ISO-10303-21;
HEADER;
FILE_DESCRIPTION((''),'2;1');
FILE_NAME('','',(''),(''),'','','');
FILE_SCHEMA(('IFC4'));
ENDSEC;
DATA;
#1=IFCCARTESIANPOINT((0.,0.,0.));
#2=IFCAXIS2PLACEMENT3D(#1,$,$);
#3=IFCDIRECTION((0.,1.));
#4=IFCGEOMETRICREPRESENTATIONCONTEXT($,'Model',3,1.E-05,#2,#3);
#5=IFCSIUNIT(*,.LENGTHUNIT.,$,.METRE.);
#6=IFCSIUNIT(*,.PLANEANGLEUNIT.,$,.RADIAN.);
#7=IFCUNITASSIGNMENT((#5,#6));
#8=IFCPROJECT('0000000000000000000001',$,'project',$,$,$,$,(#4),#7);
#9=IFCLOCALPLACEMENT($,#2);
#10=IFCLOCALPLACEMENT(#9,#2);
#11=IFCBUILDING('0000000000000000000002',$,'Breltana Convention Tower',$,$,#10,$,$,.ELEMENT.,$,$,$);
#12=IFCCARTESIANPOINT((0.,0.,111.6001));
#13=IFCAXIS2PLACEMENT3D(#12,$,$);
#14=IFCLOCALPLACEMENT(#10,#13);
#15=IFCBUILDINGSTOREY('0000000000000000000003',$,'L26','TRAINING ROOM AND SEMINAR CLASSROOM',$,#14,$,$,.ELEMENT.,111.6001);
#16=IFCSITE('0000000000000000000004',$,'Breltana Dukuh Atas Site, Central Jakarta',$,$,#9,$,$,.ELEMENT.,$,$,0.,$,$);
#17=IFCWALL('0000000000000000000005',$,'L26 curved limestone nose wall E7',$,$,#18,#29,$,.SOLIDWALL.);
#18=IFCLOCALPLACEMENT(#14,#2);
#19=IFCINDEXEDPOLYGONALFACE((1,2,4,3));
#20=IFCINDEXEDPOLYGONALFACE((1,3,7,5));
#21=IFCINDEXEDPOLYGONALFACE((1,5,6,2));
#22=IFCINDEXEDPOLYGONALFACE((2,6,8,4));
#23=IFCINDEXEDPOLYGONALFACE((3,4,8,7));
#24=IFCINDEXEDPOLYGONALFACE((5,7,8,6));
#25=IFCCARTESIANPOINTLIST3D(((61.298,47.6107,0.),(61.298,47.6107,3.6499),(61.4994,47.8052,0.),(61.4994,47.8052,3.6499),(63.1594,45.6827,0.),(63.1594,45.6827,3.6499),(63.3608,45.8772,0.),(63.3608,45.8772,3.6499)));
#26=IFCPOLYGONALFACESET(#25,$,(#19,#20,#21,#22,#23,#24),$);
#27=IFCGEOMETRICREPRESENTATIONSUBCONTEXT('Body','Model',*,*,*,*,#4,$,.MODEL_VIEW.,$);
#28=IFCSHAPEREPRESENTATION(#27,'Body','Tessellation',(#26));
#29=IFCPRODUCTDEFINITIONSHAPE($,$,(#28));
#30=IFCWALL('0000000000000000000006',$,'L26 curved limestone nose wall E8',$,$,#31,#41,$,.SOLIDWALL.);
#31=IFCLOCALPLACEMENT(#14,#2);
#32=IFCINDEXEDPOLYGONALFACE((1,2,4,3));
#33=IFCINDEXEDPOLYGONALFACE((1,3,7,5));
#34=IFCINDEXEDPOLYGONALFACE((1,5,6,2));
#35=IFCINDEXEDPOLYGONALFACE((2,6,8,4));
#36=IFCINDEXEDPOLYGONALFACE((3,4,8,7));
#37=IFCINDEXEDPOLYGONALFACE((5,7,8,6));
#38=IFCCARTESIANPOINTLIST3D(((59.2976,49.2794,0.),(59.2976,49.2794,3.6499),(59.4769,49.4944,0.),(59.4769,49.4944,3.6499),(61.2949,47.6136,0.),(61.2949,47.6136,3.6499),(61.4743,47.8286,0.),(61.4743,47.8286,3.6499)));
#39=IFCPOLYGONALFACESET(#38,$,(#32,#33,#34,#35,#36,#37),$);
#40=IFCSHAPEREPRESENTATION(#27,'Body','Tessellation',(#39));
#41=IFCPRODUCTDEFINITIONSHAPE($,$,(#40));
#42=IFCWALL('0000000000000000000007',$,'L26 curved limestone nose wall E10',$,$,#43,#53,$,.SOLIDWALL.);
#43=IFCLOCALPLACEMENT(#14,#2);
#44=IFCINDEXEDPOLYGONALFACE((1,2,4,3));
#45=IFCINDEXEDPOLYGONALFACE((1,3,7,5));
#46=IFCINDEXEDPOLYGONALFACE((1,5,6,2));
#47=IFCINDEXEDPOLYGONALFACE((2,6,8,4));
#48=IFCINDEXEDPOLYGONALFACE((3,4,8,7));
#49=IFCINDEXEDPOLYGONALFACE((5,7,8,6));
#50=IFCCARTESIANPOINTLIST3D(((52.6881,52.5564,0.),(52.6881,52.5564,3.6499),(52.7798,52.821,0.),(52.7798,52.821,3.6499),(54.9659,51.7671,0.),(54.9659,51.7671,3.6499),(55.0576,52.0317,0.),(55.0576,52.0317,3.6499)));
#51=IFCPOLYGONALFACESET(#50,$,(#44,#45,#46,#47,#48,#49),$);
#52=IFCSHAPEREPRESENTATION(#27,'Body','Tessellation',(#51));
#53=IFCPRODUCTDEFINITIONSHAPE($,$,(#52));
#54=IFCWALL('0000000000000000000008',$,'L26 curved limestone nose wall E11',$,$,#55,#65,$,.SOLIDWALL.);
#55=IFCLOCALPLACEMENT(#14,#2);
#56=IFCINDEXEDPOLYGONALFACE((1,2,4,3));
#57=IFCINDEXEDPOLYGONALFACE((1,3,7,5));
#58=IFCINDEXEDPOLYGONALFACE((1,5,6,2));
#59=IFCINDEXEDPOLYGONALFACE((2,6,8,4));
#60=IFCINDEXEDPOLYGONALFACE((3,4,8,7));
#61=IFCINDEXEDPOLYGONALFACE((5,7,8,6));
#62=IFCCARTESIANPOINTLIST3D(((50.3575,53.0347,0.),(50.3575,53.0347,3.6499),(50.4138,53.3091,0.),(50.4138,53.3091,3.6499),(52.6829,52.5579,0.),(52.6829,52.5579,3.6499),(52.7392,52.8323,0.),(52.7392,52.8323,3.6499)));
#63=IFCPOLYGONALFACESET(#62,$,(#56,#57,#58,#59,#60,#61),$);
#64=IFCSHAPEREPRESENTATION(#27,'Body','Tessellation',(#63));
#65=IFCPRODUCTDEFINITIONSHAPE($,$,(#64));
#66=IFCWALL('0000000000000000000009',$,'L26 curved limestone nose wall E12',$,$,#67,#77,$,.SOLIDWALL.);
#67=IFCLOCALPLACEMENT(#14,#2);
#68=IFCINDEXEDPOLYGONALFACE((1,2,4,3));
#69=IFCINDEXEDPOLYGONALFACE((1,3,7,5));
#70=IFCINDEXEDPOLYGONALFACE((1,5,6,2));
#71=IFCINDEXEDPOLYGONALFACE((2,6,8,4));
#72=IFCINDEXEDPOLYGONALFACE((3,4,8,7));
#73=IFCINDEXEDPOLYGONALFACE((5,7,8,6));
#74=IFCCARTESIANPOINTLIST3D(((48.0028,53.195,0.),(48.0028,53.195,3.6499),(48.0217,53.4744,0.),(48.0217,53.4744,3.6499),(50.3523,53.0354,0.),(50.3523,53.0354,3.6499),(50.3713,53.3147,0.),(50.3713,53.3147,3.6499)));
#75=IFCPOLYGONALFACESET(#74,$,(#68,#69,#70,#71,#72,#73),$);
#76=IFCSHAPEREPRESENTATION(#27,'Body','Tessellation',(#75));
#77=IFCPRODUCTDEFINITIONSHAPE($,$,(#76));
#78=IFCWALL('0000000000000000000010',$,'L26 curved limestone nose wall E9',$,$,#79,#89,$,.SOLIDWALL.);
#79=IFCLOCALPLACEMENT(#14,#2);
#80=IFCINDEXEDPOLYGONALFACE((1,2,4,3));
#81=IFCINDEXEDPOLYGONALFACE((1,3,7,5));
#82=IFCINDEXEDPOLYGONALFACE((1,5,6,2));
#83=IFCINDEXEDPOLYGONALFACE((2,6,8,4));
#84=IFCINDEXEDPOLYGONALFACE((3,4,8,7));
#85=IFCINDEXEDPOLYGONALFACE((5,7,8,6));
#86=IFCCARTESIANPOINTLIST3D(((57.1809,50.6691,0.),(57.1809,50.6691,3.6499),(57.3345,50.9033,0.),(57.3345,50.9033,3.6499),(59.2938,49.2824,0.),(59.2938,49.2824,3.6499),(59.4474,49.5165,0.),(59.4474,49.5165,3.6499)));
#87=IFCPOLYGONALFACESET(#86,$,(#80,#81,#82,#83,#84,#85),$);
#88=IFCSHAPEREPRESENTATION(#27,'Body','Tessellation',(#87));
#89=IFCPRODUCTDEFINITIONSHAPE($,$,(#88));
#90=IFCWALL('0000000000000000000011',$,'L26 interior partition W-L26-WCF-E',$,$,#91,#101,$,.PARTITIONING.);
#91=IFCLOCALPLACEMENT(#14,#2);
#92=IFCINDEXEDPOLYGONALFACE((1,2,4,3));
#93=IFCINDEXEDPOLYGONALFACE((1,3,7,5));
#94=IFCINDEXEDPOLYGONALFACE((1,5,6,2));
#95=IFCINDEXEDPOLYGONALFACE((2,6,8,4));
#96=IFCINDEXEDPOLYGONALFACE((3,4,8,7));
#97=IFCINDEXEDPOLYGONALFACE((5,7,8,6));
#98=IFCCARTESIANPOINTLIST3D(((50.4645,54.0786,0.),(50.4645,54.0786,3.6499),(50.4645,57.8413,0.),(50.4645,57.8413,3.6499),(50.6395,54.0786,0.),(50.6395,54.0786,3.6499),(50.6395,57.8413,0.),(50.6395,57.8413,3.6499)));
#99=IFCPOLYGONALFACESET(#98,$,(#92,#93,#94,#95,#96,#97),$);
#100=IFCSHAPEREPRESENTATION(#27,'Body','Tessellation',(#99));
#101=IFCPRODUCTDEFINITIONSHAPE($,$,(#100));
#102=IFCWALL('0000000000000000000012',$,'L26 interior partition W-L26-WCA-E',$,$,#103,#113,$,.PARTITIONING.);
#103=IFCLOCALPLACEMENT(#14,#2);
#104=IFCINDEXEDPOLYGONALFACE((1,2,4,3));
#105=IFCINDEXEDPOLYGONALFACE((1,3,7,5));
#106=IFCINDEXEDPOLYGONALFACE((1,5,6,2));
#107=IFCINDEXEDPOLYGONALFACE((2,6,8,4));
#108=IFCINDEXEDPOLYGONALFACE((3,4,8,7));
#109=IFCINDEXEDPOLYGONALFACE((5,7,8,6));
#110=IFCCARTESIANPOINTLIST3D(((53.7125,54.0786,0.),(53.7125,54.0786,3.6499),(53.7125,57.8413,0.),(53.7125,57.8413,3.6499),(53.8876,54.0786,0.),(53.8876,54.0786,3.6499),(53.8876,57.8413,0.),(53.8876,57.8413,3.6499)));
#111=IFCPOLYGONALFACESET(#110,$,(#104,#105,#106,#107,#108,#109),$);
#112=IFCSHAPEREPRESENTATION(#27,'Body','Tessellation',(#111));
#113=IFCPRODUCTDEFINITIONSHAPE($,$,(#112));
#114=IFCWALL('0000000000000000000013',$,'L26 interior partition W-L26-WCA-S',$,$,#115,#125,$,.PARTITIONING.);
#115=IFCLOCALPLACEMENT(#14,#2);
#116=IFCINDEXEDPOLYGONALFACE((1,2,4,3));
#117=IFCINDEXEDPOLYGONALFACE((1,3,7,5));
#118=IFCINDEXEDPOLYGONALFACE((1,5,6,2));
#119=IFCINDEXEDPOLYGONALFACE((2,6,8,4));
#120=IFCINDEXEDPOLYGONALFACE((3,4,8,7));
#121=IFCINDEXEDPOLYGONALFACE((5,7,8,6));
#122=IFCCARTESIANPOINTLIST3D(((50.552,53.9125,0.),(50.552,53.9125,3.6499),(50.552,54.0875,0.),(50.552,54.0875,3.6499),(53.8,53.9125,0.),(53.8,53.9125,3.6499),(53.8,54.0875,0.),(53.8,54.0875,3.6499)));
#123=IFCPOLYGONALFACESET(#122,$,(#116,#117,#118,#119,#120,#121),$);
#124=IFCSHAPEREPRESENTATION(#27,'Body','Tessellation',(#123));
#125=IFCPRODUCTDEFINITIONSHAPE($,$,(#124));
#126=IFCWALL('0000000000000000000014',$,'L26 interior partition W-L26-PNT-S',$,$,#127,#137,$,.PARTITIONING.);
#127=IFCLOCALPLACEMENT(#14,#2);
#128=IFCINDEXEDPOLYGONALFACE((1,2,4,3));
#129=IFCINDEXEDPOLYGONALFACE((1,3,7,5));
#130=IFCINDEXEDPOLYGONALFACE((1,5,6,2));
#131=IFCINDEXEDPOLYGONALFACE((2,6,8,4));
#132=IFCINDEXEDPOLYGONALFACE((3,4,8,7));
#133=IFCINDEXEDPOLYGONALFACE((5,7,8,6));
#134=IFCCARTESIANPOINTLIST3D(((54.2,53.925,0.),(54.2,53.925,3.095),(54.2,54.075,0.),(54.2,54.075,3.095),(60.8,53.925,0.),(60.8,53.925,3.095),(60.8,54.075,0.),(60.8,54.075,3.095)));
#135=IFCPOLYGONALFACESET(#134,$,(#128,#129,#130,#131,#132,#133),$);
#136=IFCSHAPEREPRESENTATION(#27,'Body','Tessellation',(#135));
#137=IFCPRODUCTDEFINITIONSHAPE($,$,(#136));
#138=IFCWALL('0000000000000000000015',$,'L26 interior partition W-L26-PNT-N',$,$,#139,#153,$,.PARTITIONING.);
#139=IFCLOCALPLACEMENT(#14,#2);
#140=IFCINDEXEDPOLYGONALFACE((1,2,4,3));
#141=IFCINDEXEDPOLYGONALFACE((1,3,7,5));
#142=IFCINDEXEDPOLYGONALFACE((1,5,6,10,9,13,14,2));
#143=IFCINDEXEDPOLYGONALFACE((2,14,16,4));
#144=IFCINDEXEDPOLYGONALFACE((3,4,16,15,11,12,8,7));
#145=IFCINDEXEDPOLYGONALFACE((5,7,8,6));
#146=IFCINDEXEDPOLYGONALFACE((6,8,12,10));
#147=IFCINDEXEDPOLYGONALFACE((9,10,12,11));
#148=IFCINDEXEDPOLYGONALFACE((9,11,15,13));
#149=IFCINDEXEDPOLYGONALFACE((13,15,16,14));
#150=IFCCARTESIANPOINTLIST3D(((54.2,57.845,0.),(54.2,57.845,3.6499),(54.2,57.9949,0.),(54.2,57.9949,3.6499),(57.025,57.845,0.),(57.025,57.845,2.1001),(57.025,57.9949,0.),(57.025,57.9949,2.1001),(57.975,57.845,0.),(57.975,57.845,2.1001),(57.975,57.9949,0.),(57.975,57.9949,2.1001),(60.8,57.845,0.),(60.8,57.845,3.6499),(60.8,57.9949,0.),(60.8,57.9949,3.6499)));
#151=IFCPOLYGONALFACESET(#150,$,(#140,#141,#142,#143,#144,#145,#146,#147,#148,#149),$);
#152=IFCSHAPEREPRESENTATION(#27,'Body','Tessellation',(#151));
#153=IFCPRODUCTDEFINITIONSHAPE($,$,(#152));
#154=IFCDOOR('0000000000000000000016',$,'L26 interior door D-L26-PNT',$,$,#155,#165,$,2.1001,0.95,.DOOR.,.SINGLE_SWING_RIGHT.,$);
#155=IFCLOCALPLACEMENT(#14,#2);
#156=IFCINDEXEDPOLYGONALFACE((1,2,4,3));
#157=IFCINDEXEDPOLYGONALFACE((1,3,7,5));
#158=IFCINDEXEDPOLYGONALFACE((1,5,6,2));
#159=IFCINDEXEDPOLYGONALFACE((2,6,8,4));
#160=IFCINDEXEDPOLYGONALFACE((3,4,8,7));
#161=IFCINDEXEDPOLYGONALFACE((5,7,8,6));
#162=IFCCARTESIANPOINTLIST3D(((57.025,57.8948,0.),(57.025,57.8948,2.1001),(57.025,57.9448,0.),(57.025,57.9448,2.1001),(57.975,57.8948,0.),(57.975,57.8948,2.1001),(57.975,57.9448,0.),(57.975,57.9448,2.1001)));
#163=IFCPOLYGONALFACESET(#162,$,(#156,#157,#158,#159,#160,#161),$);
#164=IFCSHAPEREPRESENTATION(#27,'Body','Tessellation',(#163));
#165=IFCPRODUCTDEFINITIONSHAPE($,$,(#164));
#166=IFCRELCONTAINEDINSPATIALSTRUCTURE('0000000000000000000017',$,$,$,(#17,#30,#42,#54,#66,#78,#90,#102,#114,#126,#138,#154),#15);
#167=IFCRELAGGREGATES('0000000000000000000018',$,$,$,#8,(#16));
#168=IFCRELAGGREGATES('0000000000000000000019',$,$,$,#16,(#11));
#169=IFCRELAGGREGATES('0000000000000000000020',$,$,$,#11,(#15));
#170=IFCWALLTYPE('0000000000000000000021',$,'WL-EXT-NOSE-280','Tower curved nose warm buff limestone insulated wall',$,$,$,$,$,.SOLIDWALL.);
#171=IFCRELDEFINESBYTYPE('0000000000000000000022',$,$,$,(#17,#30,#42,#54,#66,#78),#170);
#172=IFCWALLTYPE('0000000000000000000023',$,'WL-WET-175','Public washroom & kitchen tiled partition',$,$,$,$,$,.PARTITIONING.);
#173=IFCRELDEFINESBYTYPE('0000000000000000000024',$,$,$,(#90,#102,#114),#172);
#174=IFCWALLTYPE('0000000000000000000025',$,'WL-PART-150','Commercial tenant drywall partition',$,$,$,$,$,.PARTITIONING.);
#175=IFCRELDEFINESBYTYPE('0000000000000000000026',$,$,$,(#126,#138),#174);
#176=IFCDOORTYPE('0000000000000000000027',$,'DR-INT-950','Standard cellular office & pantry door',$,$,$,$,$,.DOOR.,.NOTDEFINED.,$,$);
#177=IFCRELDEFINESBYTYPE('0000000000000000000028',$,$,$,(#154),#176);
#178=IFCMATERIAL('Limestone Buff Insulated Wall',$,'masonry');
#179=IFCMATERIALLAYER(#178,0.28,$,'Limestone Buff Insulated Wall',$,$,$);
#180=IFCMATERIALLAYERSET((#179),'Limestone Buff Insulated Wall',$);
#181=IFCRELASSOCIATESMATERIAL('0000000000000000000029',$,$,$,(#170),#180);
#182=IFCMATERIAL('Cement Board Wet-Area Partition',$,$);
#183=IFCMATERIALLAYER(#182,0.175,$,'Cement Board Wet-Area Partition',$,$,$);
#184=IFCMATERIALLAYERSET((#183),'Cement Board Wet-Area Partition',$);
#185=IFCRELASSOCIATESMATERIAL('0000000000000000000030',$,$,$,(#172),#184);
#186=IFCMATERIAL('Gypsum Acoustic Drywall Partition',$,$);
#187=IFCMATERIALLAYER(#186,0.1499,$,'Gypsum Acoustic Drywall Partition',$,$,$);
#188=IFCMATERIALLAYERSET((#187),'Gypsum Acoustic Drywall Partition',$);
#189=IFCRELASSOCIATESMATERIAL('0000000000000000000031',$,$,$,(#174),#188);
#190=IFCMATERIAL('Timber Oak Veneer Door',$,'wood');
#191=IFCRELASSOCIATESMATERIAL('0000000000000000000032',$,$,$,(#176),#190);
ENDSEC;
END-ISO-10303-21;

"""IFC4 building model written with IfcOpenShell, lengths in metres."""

from ifc_helpers import new_model, si_unit, direction, frame, frame_2d, origin, place, context, subcontext, project, spatial, rectangle, extrude, source, transform, mapped, material, layer, layer_set, type_object, type_shapes, element, fill, save


model = new_model("IFC4")

# Units and contexts
model_context = context("Model", 3, precision=1e-05, world=origin(), true_north=direction((0.0, 1.0)))
body_context = subcontext(model_context, "Body", "Model", "MODEL_VIEW")
ifc_project = project(units=[si_unit("LENGTHUNIT", "METRE"), si_unit("PLANEANGLEUNIT", "RADIAN")], contexts=[model_context])

# Site, building, storey
site_placement = place(None, origin())
site = spatial("IfcSite", under=ifc_project, at=site_placement, Name="Breltana Dukuh Atas Site, Central Jakarta", CompositionType="ELEMENT", RefElevation=0.0)
building_placement = place(site_placement, origin())
building = spatial("IfcBuilding", under=site, at=building_placement, Name="Breltana Convention Tower", CompositionType="ELEMENT")
storey_placement = place(building_placement, frame((0.0, 0.0, 111.6001)))
storey = spatial("IfcBuildingStorey", under=building, at=storey_placement, Name="L26", Description="TRAINING ROOM AND SEMINAR CLASSROOM", CompositionType="ELEMENT", Elevation=111.6001)

# Walls
ifc_material_1 = material(Name="Limestone Buff Insulated Wall", Category="masonry")
ifc_layer_1 = layer(ifc_material_1, 0.28, Name="Limestone Buff Insulated Wall")
ifc_layer_set_1 = layer_set([ifc_layer_1], Name="Limestone Buff Insulated Wall")
wall_type_1 = type_object("IfcWallType", Name="WL-EXT-NOSE-280", Description="Tower curved nose warm buff limestone insulated wall", PredefinedType="SOLIDWALL", material=ifc_layer_set_1)
shared_shape_1 = source(origin(), body_context, "Body", "SweptSolid", [
    extrude(rectangle(XDim=2.6799, YDim=0.28, at=frame_2d((1.3398, 0.0))), origin(), (0.0, 0.0, 1.0), 3.6499),
])
wall_1_placement = place(storey_placement, frame((63.26, 45.78, 0.0), z_axis=(0.0, 0.0, 1.0), x_axis=(-0.694562, 0.719433, 0.0)))
element("IfcWall", 1, at=wall_1_placement, inside=storey, type_object=wall_type_1, Name="L26 curved limestone nose wall E7", PredefinedType="SOLIDWALL", context=body_context, shape_type="MappedRepresentation", body=[
    mapped(shared_shape_1, transform((0.0, 0.0, 0.0), scale=1.0)),
])
shared_shape_2 = source(origin(), body_context, "Body", "SweptSolid", [
    extrude(rectangle(XDim=2.6008, YDim=0.28, at=frame_2d((1.3003, 0.0))), origin(), (0.0, 0.0, 1.0), 3.6499),
])
wall_2_placement = place(storey_placement, frame((61.3845, 47.7212, 0.0), z_axis=(0.0, 0.0, 1.0), x_axis=(-0.767967, 0.640489, 0.0)))
element("IfcWall", 2, at=wall_2_placement, inside=storey, type_object=wall_type_1, Name="L26 curved limestone nose wall E8", PredefinedType="SOLIDWALL", context=body_context, shape_type="MappedRepresentation", body=[
    mapped(shared_shape_2, transform((0.0, 0.0, 0.0), scale=1.0)),
])
shared_shape_3 = source(origin(), body_context, "Body", "SweptSolid", [
    extrude(rectangle(XDim=2.4106, YDim=0.28, at=frame_2d((1.2053, 0.0))), origin(), (0.0, 0.0, 1.0), 3.6499),
])
wall_3_placement = place(storey_placement, frame((55.0117, 51.8994, 0.0), z_axis=(0.0, 0.0, 1.0), x_axis=(-0.94488, 0.327417, 0.0)))
element("IfcWall", 3, at=wall_3_placement, inside=storey, type_object=wall_type_1, Name="L26 curved limestone nose wall E10", PredefinedType="SOLIDWALL", context=body_context, shape_type="MappedRepresentation", body=[
    mapped(shared_shape_3, transform((0.0, 0.0, 0.0), scale=1.0)),
])
shared_shape_4 = source(origin(), body_context, "Body", "SweptSolid", [
    extrude(rectangle(XDim=2.3738, YDim=0.28, at=frame_2d((1.187, 0.0))), origin(), (0.0, 0.0, 1.0), 3.6499),
])
wall_4_placement = place(storey_placement, frame((52.7112, 52.6951, 0.0), z_axis=(0.0, 0.0, 1.0), x_axis=(-0.97962, 0.200861, 0.0)))
element("IfcWall", 4, at=wall_4_placement, inside=storey, type_object=wall_type_1, Name="L26 curved limestone nose wall E11", PredefinedType="SOLIDWALL", context=body_context, shape_type="MappedRepresentation", body=[
    mapped(shared_shape_4, transform((0.0, 0.0, 0.0), scale=1.0)),
])
shared_shape_5 = source(origin(), body_context, "Body", "SweptSolid", [
    extrude(rectangle(XDim=2.355, YDim=0.28, at=frame_2d((1.1775, 0.0))), origin(), (0.0, 0.0, 1.0), 3.6499),
])
wall_5_placement = place(storey_placement, frame((50.3618, 53.175, 0.0), z_axis=(0.0, 0.0, 1.0), x_axis=(-0.997699, 0.067799, 0.0)))
element("IfcWall", 5, at=wall_5_placement, inside=storey, type_object=wall_type_1, Name="L26 curved limestone nose wall E12", PredefinedType="SOLIDWALL", context=body_context, shape_type="MappedRepresentation", body=[
    mapped(shared_shape_5, transform((0.0, 0.0, 0.0), scale=1.0)),
])
shared_shape_6 = source(origin(), body_context, "Body", "SweptSolid", [
    extrude(rectangle(XDim=2.5273, YDim=0.28, at=frame_2d((1.2637, 0.0))), origin(), (0.0, 0.0, 1.0), 3.6499),
])
wall_6_placement = place(storey_placement, frame((59.3706, 49.3994, 0.0), z_axis=(0.0, 0.0, 1.0), x_axis=(-0.836012, 0.548711, 0.0)))
element("IfcWall", 6, at=wall_6_placement, inside=storey, type_object=wall_type_1, Name="L26 curved limestone nose wall E9", PredefinedType="SOLIDWALL", context=body_context, shape_type="MappedRepresentation", body=[
    mapped(shared_shape_6, transform((0.0, 0.0, 0.0), scale=1.0)),
])
ifc_material_2 = material(Name="Cement Board Wet-Area Partition")
ifc_layer_2 = layer(ifc_material_2, 0.175, Name="Cement Board Wet-Area Partition")
ifc_layer_set_2 = layer_set([ifc_layer_2], Name="Cement Board Wet-Area Partition")
wall_type_2 = type_object("IfcWallType", Name="WL-WET-175", Description="Public washroom & kitchen tiled partition", PredefinedType="PARTITIONING", material=ifc_layer_set_2)
shared_shape_7 = source(origin(), body_context, "Body", "SweptSolid", [
    extrude(rectangle(XDim=3.7627, YDim=0.175, at=frame_2d((1.8813, 0.0))), origin(), (0.0, 0.0, 1.0), 3.6499),
])
for number, where, z_axis, x_axis, name in (
    (7, (50.552, 54.0786, 0.0), (0.0, 0.0, 1.0), (0.0, 1.0, 0.0), "L26 interior partition W-L26-WCF-E"),
    (8, (53.8, 54.0786, 0.0), (0.0, 0.0, 1.0), (0.0, 1.0, 0.0), "L26 interior partition W-L26-WCA-E"),
):
    element("IfcWall", number, at=place(storey_placement, frame(where, z_axis=z_axis, x_axis=x_axis)), inside=storey, type_object=wall_type_2, Name=name, PredefinedType="PARTITIONING", context=body_context, shape_type="MappedRepresentation", body=[
        mapped(shared_shape_7, transform((0.0, 0.0, 0.0), scale=1.0)),
    ])
shared_shape_8 = source(origin(), body_context, "Body", "SweptSolid", [
    extrude(rectangle(XDim=3.248, YDim=0.175, at=frame_2d((1.624, 0.0))), origin(), (0.0, 0.0, 1.0), 3.6499),
])
wall_7_placement = place(storey_placement, frame((50.552, 54.0, 0.0), z_axis=(0.0, 0.0, 1.0), x_axis=(1.0, 0.0, 0.0)))
element("IfcWall", 9, at=wall_7_placement, inside=storey, type_object=wall_type_2, Name="L26 interior partition W-L26-WCA-S", PredefinedType="PARTITIONING", context=body_context, shape_type="MappedRepresentation", body=[
    mapped(shared_shape_8, transform((0.0, 0.0, 0.0), scale=1.0)),
])

# Wall
ifc_material_3 = material(Name="Gypsum Acoustic Drywall Partition")
ifc_layer_3 = layer(ifc_material_3, 0.1499, Name="Gypsum Acoustic Drywall Partition")
ifc_layer_set_3 = layer_set([ifc_layer_3], Name="Gypsum Acoustic Drywall Partition")
wall_type_3 = type_object("IfcWallType", Name="WL-PART-150", Description="Commercial tenant drywall partition", PredefinedType="PARTITIONING", material=ifc_layer_set_3)
shared_shape_9 = source(origin(), body_context, "Body", "SweptSolid", [
    extrude(rectangle(XDim=6.6001, YDim=0.1499, at=frame_2d((3.3, 0.0))), origin(), (0.0, 0.0, 1.0), 3.095),
])
wall_8_placement = place(storey_placement, frame((54.2, 54.0, 0.0), z_axis=(0.0, 0.0, 1.0), x_axis=(1.0, 0.0, 0.0)))
element("IfcWall", 10, at=wall_8_placement, inside=storey, type_object=wall_type_3, Name="L26 interior partition W-L26-PNT-S", PredefinedType="PARTITIONING", context=body_context, shape_type="MappedRepresentation", body=[
    mapped(shared_shape_9, transform((0.0, 0.0, 0.0), scale=1.0)),
])

# Wall, opening, door
shared_shape_10 = source(origin(), body_context, "Body", "SweptSolid", [
    extrude(rectangle(XDim=6.6001, YDim=0.1499, at=frame_2d((3.3, 0.0))), origin(), (0.0, 0.0, 1.0), 3.6499),
])
wall_9_placement = place(storey_placement, frame((54.2, 57.9199, 0.0), z_axis=(0.0, 0.0, 1.0), x_axis=(1.0, 0.0, 0.0)))
wall_9 = element("IfcWall", 11, at=wall_9_placement, inside=storey, type_object=wall_type_3, Name="L26 interior partition W-L26-PNT-N", PredefinedType="PARTITIONING", context=body_context, shape_type="MappedRepresentation", body=[
    mapped(shared_shape_10, transform((0.0, 0.0, 0.0), scale=1.0)),
])
opening_1_placement = place(wall_9_placement, frame((2.825, 0.0, 0.0)))
opening_1 = element("IfcOpeningElement", 12, at=opening_1_placement, cuts=wall_9, PredefinedType="OPENING", context=body_context, shape_type="SweptSolid", body=[
    extrude(rectangle(XDim=0.95, YDim=2.1001, at=frame_2d((0.4751, 1.05))), frame((0.0, 0.085, 0.0), z_axis=(0.0, -1.0, 0.0), x_axis=(1.0, 0.0, 0.0)), (0.0, 0.0, 1.0), 0.1699),
])
ifc_material_4 = material(Name="Timber Oak Veneer Door", Category="wood")
door_type_1 = type_object("IfcDoorType", Name="DR-INT-950", Description="Standard cellular office & pantry door", OperationType="NOTDEFINED", PredefinedType="DOOR", material=ifc_material_4)
shared_shape_11 = source(origin(), body_context, "Body", "SweptSolid", [
    extrude(rectangle(XDim=0.95, YDim=2.1001, at=frame_2d((0.4751, 1.05))), frame((0.0, 0.0249, 0.0), z_axis=(0.0, -1.0, 0.0), x_axis=(1.0, 0.0, 0.0)), (0.0, 0.0, 1.0), 0.05),
])
type_shapes(door_type_1, [shared_shape_11])
door_1_placement = place(opening_1_placement, origin())
door_1 = element("IfcDoor", 13, at=door_1_placement, inside=storey, type_object=door_type_1, Name="L26 interior door D-L26-PNT", OperationType="SINGLE_SWING_RIGHT", OverallHeight=2.1001, OverallWidth=0.95, PredefinedType="DOOR", context=body_context, shape_type="MappedRepresentation", body=[
    mapped(shared_shape_11, transform((0.0, 0.0, 0.0), scale=1.0)),
])
fill(opening_1, door_1)

save(model, "model.ifc")
